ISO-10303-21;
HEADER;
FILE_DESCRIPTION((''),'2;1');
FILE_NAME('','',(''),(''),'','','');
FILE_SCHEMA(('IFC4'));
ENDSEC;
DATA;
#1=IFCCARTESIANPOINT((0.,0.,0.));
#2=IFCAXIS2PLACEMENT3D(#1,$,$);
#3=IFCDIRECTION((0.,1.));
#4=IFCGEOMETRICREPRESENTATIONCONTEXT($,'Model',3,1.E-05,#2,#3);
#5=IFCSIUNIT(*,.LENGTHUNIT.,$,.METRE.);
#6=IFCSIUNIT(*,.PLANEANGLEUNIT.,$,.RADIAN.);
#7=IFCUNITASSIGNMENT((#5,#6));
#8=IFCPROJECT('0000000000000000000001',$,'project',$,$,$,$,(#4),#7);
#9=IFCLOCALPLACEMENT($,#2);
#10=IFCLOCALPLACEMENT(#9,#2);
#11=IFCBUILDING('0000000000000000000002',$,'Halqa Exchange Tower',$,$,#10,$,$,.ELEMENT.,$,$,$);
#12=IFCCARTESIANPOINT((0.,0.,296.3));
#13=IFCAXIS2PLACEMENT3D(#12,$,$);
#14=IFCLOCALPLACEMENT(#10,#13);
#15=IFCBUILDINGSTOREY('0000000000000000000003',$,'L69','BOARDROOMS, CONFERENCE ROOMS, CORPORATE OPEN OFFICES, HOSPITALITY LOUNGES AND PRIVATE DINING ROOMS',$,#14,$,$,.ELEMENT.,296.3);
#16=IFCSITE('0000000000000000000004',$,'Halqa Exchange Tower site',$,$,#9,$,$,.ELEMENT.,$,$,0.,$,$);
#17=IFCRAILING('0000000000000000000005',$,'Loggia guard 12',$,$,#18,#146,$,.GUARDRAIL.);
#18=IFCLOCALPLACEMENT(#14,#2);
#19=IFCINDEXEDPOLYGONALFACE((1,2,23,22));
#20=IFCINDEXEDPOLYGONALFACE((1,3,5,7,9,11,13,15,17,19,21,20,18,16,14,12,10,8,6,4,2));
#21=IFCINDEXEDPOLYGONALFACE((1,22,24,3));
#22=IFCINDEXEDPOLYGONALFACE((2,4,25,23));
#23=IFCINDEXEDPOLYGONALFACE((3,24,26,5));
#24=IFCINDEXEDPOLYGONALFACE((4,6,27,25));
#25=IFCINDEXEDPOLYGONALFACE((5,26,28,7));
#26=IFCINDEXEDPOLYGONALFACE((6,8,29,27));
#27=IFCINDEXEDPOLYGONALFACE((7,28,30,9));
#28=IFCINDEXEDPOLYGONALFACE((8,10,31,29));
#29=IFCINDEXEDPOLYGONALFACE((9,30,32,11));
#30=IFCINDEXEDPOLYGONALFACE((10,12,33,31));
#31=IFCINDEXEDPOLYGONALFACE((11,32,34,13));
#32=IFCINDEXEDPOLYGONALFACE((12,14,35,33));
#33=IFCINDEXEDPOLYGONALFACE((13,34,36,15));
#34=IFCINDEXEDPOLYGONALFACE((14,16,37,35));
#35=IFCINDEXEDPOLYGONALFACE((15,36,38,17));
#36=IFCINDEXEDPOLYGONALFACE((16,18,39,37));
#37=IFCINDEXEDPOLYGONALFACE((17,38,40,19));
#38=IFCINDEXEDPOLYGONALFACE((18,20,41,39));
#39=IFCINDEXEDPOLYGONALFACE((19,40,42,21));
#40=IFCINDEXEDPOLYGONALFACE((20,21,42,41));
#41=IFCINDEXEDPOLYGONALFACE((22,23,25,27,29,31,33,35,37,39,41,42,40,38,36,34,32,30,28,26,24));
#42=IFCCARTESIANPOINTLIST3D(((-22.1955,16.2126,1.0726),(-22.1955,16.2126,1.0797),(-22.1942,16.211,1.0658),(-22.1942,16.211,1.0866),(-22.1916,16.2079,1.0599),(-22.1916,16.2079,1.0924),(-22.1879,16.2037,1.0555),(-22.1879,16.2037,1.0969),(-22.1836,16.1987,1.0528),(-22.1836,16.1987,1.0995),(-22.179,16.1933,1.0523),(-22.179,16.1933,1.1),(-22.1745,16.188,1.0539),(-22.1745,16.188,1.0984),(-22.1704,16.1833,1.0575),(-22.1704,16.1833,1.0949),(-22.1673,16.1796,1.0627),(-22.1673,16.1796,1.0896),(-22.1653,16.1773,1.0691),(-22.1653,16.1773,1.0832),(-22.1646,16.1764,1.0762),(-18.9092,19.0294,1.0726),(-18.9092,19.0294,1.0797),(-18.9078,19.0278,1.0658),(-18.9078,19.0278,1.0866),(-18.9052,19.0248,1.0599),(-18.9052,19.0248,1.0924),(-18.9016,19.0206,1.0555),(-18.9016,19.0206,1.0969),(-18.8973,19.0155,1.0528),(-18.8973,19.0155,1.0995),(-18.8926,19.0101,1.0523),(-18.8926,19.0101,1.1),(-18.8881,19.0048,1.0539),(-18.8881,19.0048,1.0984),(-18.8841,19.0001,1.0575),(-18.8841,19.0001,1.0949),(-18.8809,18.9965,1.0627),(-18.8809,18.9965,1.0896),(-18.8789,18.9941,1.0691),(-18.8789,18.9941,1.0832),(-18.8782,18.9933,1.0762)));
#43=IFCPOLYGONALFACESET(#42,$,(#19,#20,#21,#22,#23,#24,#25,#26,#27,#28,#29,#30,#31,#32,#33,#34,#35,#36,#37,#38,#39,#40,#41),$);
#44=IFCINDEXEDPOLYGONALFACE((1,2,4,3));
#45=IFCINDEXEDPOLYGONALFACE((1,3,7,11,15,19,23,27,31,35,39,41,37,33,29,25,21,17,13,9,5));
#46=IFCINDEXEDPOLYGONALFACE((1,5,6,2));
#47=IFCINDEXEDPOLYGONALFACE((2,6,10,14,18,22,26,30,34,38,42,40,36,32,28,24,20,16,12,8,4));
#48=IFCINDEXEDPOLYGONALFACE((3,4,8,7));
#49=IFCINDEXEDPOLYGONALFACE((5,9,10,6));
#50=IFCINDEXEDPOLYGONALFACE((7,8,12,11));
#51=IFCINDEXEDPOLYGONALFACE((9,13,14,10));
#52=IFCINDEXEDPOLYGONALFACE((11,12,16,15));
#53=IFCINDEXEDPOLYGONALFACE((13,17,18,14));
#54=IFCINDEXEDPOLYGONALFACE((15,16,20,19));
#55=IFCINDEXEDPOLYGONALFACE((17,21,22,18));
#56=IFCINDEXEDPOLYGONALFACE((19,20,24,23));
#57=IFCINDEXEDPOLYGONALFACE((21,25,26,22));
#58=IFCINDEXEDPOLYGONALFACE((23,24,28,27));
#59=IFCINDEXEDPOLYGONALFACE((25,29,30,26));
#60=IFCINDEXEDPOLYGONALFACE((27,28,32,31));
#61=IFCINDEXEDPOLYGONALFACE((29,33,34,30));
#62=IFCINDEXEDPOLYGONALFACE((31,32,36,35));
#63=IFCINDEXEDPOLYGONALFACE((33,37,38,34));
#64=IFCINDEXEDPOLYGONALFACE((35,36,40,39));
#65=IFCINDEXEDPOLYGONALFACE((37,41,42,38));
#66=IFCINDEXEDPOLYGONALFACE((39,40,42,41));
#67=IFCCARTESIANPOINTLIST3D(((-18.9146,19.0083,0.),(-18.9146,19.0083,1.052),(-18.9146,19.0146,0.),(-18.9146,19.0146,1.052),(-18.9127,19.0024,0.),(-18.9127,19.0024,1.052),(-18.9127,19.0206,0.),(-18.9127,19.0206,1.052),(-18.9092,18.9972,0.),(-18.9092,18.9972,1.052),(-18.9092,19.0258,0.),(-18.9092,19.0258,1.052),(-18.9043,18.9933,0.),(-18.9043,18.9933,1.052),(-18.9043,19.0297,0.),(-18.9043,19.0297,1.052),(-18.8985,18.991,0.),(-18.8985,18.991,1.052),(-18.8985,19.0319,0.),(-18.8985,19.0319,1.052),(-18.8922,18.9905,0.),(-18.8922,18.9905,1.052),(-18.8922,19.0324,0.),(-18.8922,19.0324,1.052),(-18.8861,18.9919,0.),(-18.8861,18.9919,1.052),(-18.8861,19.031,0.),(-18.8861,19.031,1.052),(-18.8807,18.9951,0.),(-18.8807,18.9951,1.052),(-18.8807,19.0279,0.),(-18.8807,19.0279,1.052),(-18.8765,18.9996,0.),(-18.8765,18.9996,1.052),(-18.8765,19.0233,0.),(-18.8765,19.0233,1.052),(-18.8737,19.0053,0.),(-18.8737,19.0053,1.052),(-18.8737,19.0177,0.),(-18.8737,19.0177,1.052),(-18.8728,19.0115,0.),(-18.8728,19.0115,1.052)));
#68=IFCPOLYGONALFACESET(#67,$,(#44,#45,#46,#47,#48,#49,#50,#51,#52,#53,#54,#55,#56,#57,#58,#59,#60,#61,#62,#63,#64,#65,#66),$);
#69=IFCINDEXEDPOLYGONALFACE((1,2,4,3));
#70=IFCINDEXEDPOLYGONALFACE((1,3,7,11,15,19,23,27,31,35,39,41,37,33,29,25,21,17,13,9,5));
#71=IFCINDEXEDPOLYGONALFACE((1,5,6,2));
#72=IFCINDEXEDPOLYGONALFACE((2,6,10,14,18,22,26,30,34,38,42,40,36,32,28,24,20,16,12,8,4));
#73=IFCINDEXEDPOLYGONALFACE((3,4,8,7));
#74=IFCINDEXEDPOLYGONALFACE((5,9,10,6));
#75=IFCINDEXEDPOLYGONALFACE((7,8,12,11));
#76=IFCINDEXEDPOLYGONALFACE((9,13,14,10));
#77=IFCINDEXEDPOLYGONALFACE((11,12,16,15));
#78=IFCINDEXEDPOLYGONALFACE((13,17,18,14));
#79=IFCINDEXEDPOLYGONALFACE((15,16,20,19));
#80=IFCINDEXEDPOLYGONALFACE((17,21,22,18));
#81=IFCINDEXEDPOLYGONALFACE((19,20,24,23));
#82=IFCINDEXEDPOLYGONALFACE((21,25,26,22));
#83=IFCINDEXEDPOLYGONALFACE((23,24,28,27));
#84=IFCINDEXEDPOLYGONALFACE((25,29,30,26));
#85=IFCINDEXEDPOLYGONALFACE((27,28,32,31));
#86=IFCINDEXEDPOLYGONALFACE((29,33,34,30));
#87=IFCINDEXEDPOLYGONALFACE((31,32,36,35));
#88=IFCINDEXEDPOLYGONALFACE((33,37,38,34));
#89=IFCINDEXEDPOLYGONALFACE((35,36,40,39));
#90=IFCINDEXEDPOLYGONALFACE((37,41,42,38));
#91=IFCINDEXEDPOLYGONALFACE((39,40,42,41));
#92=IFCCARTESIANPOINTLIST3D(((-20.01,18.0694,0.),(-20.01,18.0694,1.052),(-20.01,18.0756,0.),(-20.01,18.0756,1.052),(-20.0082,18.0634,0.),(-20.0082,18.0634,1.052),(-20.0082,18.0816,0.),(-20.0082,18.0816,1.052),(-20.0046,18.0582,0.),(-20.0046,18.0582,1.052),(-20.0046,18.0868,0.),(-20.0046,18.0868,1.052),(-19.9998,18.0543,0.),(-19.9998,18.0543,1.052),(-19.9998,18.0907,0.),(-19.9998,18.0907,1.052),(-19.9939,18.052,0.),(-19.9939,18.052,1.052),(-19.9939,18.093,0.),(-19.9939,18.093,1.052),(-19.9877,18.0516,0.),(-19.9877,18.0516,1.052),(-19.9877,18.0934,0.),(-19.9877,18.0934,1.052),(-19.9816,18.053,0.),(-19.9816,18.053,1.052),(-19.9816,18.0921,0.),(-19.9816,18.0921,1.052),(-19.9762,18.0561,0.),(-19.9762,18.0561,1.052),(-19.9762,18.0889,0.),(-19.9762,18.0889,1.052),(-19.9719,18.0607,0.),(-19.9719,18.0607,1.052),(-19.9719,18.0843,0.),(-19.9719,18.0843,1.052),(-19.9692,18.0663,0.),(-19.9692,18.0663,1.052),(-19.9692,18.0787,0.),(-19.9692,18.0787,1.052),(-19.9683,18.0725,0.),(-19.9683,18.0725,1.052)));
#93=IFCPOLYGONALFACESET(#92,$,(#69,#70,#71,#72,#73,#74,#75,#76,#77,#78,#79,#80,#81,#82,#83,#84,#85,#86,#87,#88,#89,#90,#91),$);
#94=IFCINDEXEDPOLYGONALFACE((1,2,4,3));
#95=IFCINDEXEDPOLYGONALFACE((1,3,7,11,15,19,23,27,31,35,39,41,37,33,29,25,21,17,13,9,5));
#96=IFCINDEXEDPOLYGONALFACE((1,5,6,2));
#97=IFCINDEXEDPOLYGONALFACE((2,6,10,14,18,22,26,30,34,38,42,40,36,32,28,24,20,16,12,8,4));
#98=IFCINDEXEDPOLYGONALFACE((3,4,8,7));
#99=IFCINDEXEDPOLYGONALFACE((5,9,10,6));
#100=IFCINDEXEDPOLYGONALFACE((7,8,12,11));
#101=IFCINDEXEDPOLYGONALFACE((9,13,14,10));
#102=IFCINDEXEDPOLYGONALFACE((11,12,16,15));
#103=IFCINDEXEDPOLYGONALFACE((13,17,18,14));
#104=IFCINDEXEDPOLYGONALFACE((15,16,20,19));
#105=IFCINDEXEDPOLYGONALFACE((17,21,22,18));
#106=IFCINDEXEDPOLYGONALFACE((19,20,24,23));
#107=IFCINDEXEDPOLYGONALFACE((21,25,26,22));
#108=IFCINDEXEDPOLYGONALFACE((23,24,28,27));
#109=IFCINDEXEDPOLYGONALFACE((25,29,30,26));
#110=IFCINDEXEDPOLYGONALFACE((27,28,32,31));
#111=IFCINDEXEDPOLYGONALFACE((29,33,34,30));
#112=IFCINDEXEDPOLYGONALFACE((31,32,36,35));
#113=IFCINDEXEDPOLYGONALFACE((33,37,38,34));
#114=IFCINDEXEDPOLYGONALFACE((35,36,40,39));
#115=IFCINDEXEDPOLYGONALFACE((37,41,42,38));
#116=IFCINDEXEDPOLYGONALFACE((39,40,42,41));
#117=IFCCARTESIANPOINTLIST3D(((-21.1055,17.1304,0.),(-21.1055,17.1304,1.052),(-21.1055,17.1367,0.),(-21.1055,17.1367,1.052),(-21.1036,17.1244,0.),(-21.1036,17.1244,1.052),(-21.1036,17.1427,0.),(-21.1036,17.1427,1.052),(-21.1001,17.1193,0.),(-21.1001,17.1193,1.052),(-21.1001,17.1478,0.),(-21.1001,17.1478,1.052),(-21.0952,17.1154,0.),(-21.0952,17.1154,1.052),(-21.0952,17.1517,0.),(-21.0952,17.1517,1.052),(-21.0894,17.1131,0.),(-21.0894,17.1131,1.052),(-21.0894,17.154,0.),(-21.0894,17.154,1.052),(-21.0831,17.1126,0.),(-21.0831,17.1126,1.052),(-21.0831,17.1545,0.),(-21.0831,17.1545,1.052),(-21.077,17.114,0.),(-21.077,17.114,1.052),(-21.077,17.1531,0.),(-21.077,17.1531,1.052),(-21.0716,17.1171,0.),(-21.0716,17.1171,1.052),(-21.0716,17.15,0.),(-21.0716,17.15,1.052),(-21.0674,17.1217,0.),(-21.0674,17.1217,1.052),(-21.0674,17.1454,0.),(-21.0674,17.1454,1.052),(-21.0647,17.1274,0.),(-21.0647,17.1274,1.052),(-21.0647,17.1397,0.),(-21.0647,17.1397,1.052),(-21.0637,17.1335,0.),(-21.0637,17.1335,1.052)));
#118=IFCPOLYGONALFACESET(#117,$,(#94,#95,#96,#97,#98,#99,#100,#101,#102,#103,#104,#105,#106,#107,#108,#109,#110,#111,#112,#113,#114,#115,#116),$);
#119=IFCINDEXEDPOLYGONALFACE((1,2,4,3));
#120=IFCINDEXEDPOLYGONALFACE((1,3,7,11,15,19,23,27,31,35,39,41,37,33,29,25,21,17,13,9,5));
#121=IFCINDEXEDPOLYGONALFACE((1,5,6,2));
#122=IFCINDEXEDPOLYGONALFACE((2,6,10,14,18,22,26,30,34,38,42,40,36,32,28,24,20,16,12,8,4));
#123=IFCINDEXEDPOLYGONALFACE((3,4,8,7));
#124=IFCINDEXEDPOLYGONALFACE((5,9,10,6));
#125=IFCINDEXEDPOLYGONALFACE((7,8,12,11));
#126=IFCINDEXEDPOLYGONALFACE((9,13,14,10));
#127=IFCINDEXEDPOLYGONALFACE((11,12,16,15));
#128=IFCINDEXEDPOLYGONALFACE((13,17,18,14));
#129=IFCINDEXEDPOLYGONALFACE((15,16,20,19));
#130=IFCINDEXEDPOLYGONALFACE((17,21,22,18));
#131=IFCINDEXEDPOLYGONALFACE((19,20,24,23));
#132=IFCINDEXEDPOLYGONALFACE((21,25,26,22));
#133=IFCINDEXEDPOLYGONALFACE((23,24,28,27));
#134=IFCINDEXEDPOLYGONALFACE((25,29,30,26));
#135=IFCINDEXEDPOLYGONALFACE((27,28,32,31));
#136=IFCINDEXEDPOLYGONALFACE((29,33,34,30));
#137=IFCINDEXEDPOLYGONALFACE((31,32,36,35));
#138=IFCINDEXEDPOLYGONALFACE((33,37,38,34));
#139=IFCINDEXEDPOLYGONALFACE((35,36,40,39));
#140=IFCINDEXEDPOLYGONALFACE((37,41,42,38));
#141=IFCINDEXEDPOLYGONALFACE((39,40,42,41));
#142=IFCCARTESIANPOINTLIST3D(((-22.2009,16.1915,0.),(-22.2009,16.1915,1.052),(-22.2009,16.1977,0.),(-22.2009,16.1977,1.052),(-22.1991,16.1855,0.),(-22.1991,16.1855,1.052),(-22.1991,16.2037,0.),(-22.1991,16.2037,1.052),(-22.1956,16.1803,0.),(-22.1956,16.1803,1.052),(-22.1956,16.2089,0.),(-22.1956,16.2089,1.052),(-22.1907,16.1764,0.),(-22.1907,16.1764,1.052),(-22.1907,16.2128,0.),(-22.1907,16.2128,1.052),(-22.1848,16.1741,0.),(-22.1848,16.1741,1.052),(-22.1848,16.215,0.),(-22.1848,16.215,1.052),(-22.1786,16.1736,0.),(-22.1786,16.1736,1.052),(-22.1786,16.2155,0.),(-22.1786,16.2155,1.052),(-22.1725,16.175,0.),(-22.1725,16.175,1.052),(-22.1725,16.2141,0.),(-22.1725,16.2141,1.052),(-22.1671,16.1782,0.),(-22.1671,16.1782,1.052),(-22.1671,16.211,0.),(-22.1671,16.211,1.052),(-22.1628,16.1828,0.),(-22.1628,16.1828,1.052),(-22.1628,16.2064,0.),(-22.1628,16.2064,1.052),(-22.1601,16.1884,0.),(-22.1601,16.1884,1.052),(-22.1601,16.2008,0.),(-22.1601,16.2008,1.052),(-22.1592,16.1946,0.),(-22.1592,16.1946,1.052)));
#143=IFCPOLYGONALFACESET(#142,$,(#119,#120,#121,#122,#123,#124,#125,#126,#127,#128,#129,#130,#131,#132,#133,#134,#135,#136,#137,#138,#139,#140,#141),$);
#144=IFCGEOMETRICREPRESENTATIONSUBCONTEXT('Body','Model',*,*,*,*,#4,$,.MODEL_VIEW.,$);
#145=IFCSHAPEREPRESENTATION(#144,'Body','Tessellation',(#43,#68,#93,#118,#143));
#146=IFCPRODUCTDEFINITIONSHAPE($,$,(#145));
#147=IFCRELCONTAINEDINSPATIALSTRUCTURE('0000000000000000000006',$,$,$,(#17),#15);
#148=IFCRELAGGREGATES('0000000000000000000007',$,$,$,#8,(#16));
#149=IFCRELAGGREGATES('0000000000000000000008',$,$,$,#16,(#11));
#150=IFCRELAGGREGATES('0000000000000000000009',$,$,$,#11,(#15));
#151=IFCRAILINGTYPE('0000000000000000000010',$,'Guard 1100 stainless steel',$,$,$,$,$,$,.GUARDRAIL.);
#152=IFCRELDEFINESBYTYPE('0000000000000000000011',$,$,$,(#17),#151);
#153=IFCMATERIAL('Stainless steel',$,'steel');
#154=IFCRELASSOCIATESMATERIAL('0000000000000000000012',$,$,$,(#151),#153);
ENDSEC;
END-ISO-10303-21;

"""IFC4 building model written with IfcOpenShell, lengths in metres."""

from ifc_helpers import new_model, si_unit, direction, frame, origin, origin_2d, place, context, subcontext, project, spatial, circle, extrude, material, type_object, element, save


model = new_model("IFC4")

# Units and contexts
model_context = context("Model", 3, precision=1e-05, world=origin(), true_north=direction((0.0, 1.0)))
body_context = subcontext(model_context, "Body", "Model", "MODEL_VIEW")
ifc_project = project(units=[si_unit("LENGTHUNIT", "METRE"), si_unit("PLANEANGLEUNIT", "RADIAN")], contexts=[model_context])

# Site, building, storey
site_placement = place(None, origin())
site = spatial("IfcSite", under=ifc_project, at=site_placement, Name="Halqa Exchange Tower site", CompositionType="ELEMENT", RefElevation=0.0)
building_placement = place(site_placement, origin())
building = spatial("IfcBuilding", under=site, at=building_placement, Name="Halqa Exchange Tower", CompositionType="ELEMENT")
storey_placement = place(building_placement, frame((0.0, 0.0, 296.3)))
storey = spatial("IfcBuildingStorey", under=building, at=storey_placement, Name="L69", Description="BOARDROOMS, CONFERENCE ROOMS, CORPORATE OPEN OFFICES, HOSPITALITY LOUNGES AND PRIVATE DINING ROOMS", CompositionType="ELEMENT", Elevation=296.3)

# Railing
ifc_material_1 = material(Name="Stainless steel", Category="steel")
railing_type = type_object("IfcRailingType", Name="Guard 1100 stainless steel", PredefinedType="GUARDRAIL", material=ifc_material_1)
railing_1_placement = place(storey_placement, frame((-18.8938, 19.0115, 0.0)))
element("IfcRailing", 1, at=railing_1_placement, inside=storey, type_object=railing_type, Name="Loggia guard 12", PredefinedType="GUARDRAIL", context=body_context, shape_type="SweptSolid", body=[
    extrude(circle(Radius=0.0239, at=origin_2d()), frame((0.0, 0.0, 1.0762), z_axis=(-0.759257, -0.650791, 0.0), x_axis=(0.650791, -0.759257, 0.0)), (0.0, 0.0, 1.0), 4.3284),
    extrude(circle(Radius=0.021, at=origin_2d()), origin(), (0.0, 0.0, 1.0), 1.052),
    extrude(circle(Radius=0.021, at=origin_2d()), frame((-1.0955, -0.939, 0.0)), (0.0, 0.0, 1.0), 1.052),
    extrude(circle(Radius=0.021, at=origin_2d()), frame((-2.1909, -1.8779, 0.0)), (0.0, 0.0, 1.0), 1.052),
    extrude(circle(Radius=0.021, at=origin_2d()), frame((-3.2864, -2.8169, 0.0)), (0.0, 0.0, 1.0), 1.052),
])

save(model, "model.ifc")
